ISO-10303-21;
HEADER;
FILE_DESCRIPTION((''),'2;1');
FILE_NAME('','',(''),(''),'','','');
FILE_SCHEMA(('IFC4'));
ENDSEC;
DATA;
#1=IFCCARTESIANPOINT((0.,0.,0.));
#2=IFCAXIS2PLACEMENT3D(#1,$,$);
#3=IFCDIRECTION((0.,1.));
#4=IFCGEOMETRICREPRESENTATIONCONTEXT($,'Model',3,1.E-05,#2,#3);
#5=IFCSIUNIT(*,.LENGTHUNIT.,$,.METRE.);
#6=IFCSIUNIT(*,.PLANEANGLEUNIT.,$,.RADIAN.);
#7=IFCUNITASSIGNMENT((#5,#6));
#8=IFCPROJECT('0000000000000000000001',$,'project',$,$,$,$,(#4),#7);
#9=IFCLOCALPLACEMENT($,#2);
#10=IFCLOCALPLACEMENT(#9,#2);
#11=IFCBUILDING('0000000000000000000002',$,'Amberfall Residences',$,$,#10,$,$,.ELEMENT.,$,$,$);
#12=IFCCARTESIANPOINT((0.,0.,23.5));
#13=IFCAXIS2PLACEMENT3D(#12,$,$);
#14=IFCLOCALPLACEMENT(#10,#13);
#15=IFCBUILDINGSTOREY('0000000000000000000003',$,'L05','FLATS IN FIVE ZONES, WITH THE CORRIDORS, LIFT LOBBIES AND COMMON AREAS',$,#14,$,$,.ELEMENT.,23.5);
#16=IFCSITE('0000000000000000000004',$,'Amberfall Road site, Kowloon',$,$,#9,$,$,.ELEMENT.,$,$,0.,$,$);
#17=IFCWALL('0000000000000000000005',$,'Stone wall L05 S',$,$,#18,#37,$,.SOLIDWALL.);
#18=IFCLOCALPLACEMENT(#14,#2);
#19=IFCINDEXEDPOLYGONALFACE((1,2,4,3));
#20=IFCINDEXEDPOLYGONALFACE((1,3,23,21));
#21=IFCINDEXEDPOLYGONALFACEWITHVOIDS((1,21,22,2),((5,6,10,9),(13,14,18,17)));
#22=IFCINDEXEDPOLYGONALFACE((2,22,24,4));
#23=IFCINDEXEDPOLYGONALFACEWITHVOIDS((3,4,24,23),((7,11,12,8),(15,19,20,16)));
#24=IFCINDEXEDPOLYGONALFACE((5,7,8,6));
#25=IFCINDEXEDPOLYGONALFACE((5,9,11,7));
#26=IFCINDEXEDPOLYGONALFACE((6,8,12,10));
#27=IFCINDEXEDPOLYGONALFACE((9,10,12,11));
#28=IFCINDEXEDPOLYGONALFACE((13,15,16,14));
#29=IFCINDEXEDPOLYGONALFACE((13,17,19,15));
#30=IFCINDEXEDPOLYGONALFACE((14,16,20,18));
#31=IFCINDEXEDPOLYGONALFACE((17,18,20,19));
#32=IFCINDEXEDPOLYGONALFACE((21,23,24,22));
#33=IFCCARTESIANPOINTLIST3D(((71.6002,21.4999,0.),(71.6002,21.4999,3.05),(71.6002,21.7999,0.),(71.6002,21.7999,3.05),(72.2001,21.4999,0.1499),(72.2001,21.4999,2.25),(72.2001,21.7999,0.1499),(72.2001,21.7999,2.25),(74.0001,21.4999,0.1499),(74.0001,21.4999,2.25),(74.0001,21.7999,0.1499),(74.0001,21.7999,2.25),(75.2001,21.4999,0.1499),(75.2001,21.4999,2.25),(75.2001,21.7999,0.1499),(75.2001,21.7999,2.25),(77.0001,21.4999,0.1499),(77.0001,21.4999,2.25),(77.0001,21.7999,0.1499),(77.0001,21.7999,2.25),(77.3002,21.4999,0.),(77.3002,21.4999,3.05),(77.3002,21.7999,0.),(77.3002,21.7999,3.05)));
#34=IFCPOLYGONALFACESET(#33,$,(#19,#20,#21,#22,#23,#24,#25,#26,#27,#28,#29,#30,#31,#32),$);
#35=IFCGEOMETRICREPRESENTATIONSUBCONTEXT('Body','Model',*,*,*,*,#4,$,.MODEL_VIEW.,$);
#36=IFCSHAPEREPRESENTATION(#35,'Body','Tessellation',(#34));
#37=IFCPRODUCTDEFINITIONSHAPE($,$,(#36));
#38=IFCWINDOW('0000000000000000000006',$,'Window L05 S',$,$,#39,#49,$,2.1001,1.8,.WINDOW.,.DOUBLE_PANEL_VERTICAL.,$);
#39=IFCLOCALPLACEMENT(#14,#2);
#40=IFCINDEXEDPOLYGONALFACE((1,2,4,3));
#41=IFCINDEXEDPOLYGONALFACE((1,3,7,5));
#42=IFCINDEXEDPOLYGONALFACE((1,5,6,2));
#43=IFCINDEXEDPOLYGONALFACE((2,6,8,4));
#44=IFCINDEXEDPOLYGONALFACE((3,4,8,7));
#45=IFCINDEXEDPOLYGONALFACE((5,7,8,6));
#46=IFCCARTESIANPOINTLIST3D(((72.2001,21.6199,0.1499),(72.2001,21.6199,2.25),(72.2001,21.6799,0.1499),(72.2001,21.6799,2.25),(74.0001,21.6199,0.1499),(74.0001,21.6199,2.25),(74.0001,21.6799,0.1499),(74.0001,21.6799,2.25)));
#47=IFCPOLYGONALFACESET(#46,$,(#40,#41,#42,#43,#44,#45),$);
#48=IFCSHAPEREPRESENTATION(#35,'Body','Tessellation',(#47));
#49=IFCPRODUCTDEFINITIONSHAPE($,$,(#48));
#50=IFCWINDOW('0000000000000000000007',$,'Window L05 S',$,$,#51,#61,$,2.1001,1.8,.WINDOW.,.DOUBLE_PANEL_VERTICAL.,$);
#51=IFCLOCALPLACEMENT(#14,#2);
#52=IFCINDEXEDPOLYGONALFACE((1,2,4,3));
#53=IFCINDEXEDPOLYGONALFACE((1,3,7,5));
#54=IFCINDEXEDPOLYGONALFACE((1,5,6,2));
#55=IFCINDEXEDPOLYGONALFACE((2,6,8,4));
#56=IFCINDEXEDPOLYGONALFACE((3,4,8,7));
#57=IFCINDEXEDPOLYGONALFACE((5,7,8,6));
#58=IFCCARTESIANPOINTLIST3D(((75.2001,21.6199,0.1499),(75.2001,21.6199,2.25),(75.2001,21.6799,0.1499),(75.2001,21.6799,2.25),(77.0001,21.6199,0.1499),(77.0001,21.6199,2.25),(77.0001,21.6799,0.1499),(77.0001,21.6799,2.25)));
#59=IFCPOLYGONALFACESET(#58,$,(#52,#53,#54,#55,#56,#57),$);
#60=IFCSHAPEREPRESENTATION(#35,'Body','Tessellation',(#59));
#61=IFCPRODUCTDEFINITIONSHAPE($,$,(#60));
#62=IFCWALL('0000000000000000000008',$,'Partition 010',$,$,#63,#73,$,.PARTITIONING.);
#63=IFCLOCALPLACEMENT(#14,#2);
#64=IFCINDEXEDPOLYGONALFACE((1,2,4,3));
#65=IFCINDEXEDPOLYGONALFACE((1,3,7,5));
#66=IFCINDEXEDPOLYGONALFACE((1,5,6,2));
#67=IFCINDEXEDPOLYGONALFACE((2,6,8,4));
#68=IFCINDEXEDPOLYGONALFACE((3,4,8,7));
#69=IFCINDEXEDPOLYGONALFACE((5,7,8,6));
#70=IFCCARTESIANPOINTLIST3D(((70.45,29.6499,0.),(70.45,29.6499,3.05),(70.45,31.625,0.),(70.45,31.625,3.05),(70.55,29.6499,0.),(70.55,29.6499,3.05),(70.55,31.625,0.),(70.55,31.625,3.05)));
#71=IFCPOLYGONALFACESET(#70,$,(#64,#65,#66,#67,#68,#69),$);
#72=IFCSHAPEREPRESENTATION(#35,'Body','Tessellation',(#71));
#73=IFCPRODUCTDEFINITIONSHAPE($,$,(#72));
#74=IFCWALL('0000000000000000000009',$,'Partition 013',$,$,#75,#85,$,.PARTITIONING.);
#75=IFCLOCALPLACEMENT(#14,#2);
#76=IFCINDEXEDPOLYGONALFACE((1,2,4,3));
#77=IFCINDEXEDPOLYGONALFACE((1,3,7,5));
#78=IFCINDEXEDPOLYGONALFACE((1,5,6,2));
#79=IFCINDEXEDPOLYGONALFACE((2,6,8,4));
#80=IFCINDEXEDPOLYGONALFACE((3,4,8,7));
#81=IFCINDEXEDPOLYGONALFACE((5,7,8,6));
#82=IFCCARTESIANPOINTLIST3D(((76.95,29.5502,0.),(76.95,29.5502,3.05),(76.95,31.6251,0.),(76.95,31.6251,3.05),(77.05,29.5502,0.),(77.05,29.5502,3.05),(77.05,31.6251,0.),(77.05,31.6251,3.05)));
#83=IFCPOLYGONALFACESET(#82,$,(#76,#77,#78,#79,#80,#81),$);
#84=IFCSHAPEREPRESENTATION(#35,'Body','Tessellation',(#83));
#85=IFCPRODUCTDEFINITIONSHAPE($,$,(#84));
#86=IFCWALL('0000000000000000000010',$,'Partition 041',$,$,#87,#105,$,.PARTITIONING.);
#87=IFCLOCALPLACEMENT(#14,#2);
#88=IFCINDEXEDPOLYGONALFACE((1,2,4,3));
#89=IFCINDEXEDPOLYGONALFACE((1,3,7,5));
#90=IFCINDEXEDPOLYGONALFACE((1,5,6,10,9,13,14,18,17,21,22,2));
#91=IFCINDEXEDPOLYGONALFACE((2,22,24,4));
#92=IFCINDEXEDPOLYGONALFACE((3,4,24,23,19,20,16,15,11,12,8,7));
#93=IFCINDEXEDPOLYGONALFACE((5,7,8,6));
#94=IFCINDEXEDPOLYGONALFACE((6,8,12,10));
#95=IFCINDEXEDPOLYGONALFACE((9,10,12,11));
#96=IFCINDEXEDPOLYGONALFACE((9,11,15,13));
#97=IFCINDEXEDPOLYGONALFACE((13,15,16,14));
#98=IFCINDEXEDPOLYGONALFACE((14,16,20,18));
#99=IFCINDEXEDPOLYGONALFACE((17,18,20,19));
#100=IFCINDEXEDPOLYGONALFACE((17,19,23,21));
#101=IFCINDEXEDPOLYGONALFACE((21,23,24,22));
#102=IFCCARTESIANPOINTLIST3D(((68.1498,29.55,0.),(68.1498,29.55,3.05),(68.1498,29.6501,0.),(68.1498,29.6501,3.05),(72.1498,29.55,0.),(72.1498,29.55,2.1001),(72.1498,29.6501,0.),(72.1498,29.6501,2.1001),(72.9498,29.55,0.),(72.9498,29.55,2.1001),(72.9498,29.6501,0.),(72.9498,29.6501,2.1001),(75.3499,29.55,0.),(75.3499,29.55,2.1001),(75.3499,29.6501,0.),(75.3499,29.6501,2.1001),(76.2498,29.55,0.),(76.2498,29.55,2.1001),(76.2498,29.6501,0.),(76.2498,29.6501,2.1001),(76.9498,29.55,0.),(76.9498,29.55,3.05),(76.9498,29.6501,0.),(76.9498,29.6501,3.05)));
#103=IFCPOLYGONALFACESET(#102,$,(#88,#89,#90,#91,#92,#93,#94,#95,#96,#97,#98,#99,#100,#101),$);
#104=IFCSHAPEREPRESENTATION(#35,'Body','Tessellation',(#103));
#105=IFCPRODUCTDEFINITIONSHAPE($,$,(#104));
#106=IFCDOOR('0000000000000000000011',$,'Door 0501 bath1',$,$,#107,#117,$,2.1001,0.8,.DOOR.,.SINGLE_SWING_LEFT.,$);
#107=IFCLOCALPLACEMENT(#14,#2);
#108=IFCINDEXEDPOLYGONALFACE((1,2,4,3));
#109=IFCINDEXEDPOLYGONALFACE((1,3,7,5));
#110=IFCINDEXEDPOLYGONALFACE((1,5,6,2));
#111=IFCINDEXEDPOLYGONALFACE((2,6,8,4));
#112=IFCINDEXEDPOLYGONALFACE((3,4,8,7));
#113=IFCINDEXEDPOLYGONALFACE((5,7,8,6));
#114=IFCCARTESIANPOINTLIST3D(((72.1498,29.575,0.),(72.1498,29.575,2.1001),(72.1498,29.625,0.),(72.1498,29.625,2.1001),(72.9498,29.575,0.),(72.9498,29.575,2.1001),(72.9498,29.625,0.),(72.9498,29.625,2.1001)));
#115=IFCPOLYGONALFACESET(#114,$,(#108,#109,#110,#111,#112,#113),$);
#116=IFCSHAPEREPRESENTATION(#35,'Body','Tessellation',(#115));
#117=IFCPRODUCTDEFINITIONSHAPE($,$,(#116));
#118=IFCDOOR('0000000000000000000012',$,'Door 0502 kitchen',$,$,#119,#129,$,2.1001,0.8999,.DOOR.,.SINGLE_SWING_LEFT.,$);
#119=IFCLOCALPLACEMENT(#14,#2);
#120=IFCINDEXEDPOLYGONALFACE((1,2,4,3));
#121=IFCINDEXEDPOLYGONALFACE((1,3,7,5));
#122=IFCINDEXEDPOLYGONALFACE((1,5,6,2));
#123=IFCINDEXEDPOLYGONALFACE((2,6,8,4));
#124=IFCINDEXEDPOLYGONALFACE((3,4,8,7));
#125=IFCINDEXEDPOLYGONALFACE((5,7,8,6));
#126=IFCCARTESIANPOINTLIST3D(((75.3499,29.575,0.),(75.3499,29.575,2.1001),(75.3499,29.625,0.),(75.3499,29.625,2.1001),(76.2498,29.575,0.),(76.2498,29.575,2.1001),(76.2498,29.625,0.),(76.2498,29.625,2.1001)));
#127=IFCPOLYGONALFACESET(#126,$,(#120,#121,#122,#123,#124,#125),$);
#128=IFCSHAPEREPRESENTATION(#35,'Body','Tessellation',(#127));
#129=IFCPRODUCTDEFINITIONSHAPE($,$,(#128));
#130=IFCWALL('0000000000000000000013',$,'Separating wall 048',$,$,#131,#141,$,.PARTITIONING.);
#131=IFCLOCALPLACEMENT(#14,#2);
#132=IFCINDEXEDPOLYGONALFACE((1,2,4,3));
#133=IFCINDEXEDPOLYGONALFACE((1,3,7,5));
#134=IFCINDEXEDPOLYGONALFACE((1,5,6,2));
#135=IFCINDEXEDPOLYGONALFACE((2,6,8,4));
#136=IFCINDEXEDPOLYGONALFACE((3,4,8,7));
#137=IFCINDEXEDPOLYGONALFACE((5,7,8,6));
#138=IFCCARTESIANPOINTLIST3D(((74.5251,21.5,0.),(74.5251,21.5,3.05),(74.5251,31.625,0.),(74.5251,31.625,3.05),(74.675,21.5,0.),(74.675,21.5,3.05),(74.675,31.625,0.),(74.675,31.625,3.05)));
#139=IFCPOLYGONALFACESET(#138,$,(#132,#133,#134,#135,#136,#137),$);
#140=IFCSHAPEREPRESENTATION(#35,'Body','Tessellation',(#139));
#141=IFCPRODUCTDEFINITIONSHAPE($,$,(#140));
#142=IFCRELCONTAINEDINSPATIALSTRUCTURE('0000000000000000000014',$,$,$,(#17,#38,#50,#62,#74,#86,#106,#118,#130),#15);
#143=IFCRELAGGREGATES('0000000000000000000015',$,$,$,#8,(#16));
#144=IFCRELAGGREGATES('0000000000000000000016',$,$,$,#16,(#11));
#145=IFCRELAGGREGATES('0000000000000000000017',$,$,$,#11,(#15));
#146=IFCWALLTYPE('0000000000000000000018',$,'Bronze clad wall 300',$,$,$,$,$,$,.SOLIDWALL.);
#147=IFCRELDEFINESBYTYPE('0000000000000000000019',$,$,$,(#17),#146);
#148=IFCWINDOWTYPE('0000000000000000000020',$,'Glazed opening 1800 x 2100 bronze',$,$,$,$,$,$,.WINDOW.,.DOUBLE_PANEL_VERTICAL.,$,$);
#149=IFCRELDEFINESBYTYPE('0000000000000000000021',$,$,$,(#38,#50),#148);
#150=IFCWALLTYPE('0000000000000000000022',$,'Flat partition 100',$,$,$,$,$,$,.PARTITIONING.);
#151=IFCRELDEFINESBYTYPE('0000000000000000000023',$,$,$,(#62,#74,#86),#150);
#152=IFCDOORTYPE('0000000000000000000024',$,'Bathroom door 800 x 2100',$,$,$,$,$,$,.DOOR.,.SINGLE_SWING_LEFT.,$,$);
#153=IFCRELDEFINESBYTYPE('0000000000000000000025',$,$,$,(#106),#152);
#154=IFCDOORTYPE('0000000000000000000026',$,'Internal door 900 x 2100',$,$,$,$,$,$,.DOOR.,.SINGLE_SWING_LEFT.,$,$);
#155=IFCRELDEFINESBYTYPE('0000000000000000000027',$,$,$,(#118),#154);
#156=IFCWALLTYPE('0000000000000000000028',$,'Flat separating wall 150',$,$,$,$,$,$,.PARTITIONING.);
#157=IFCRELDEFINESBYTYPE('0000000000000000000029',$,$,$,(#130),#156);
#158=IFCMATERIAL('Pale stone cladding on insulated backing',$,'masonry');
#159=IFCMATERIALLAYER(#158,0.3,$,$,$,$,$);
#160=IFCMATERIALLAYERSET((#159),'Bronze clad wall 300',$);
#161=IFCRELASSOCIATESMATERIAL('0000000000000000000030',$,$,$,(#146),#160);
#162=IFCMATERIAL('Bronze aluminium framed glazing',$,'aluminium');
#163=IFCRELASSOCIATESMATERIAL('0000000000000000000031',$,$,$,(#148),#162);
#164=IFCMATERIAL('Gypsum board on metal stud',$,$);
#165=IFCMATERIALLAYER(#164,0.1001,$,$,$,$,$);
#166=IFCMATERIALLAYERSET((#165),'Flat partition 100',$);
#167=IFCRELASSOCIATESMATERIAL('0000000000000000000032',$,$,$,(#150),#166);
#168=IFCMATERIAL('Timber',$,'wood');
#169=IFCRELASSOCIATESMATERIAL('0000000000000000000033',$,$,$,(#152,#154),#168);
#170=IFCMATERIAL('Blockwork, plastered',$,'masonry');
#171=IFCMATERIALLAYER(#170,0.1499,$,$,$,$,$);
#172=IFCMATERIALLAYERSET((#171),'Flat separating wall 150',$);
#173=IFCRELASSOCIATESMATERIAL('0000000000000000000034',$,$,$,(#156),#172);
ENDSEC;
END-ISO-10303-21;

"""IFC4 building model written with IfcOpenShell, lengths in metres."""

from ifc_helpers import new_model, si_unit, direction, frame, frame_2d, origin, place, context, subcontext, project, spatial, rectangle, extrude, material, layer, layer_set, type_object, element, fill, save


model = new_model("IFC4")

# Units and contexts
model_context = context("Model", 3, precision=1e-05, world=origin(), true_north=direction((0.0, 1.0)))
body_context = subcontext(model_context, "Body", "Model", "MODEL_VIEW")
ifc_project = project(units=[si_unit("LENGTHUNIT", "METRE"), si_unit("PLANEANGLEUNIT", "RADIAN")], contexts=[model_context])

# Site, building, storey
site_placement = place(None, origin())
site = spatial("IfcSite", under=ifc_project, at=site_placement, Name="Amberfall Road site, Kowloon", CompositionType="ELEMENT", RefElevation=0.0)
building_placement = place(site_placement, origin())
building = spatial("IfcBuilding", under=site, at=building_placement, Name="Amberfall Residences", CompositionType="ELEMENT")
storey_placement = place(building_placement, frame((0.0, 0.0, 23.5)))
storey = spatial("IfcBuildingStorey", under=building, at=storey_placement, Name="L05", Description="FLATS IN FIVE ZONES, WITH THE CORRIDORS, LIFT LOBBIES AND COMMON AREAS", CompositionType="ELEMENT", Elevation=23.5)

# Wall, openings, windows
ifc_material_1 = material(Name="Pale stone cladding on insulated backing", Category="masonry")
ifc_layer_1 = layer(ifc_material_1, 0.3)
ifc_layer_set_1 = layer_set([ifc_layer_1], Name="Bronze clad wall 300")
wall_type_1 = type_object("IfcWallType", Name="Bronze clad wall 300", PredefinedType="SOLIDWALL", material=ifc_layer_set_1)
ifc_material_2 = material(Name="Bronze aluminium framed glazing", Category="aluminium")
window_type = type_object("IfcWindowType", Name="Glazed opening 1800 x 2100 bronze", PartitioningType="DOUBLE_PANEL_VERTICAL", PredefinedType="WINDOW", material=ifc_material_2)
wall_1_placement = place(storey_placement, frame((71.6001, 21.6499, 0.0), z_axis=(0.0, 0.0, 1.0), x_axis=(1.0, 0.0, 0.0)))
wall_1 = element("IfcWall", 1, at=wall_1_placement, inside=storey, type_object=wall_type_1, Name="Stone wall L05 S", PredefinedType="SOLIDWALL", context=body_context, shape_type="SweptSolid", body=[
    extrude(rectangle(XDim=5.7, YDim=0.3, at=frame_2d((2.8501, 0.0))), origin(), (0.0, 0.0, 1.0), 3.05),
])
opening_1_placement = place(wall_1_placement, frame((0.6001, 0.0, 0.1499)))
opening_1 = element("IfcOpeningElement", 2, at=opening_1_placement, cuts=wall_1, PredefinedType="OPENING", context=body_context, shape_type="SweptSolid", body=[
    extrude(rectangle(XDim=1.8, YDim=2.1001, at=frame_2d((0.8999, 1.05))), frame((0.0, 0.1599, 0.0), z_axis=(0.0, -1.0, 0.0), x_axis=(1.0, 0.0, 0.0)), (0.0, 0.0, 1.0), 0.3201),
])
opening_2_placement = place(wall_1_placement, frame((3.6001, 0.0, 0.1499)))
opening_2 = element("IfcOpeningElement", 3, at=opening_2_placement, cuts=wall_1, PredefinedType="OPENING", context=body_context, shape_type="SweptSolid", body=[
    extrude(rectangle(XDim=1.8, YDim=2.1001, at=frame_2d((0.8999, 1.05))), frame((0.0, 0.1599, 0.0), z_axis=(0.0, -1.0, 0.0), x_axis=(1.0, 0.0, 0.0)), (0.0, 0.0, 1.0), 0.3201),
])
window_1_placement = place(opening_1_placement, origin())
window_1 = element("IfcWindow", 4, at=window_1_placement, inside=storey, type_object=window_type, Name="Window L05 S", OverallHeight=2.1001, OverallWidth=1.8, PartitioningType="DOUBLE_PANEL_VERTICAL", PredefinedType="WINDOW", context=body_context, shape_type="SweptSolid", body=[
    extrude(rectangle(XDim=1.8, YDim=2.1001, at=frame_2d((0.8999, 1.05))), frame((0.0, 0.03, 0.0), z_axis=(0.0, -1.0, 0.0), x_axis=(1.0, 0.0, 0.0)), (0.0, 0.0, 1.0), 0.0601),
])
fill(opening_1, window_1)
window_2_placement = place(opening_2_placement, origin())
window_2 = element("IfcWindow", 5, at=window_2_placement, inside=storey, type_object=window_type, Name="Window L05 S", OverallHeight=2.1001, OverallWidth=1.8, PartitioningType="DOUBLE_PANEL_VERTICAL", PredefinedType="WINDOW", context=body_context, shape_type="SweptSolid", body=[
    extrude(rectangle(XDim=1.8, YDim=2.1001, at=frame_2d((0.8999, 1.05))), frame((0.0, 0.03, 0.0), z_axis=(0.0, -1.0, 0.0), x_axis=(1.0, 0.0, 0.0)), (0.0, 0.0, 1.0), 0.0601),
])
fill(opening_2, window_2)

# Walls
ifc_material_3 = material(Name="Gypsum board on metal stud")
ifc_layer_2 = layer(ifc_material_3, 0.1001)
ifc_layer_set_2 = layer_set([ifc_layer_2], Name="Flat partition 100")
wall_type_2 = type_object("IfcWallType", Name="Flat partition 100", PredefinedType="PARTITIONING", material=ifc_layer_set_2)
wall_2_placement = place(storey_placement, frame((70.5, 29.6499, 0.0), z_axis=(0.0, 0.0, 1.0), x_axis=(0.0, 1.0, 0.0)))
element("IfcWall", 6, at=wall_2_placement, inside=storey, type_object=wall_type_2, Name="Partition 010", PredefinedType="PARTITIONING", context=body_context, shape_type="SweptSolid", body=[
    extrude(rectangle(XDim=1.9751, YDim=0.1001, at=frame_2d((0.9875, 0.0))), origin(), (0.0, 0.0, 1.0), 3.05),
])
wall_3_placement = place(storey_placement, frame((77.0, 29.55, 0.0), z_axis=(0.0, 0.0, 1.0), x_axis=(0.0, 1.0, 0.0)))
element("IfcWall", 7, at=wall_3_placement, inside=storey, type_object=wall_type_2, Name="Partition 013", PredefinedType="PARTITIONING", context=body_context, shape_type="SweptSolid", body=[
    extrude(rectangle(XDim=2.075, YDim=0.1001, at=frame_2d((1.0376, 0.0))), origin(), (0.0, 0.0, 1.0), 3.05),
])

# Wall, openings, doors
wall_4_placement = place(storey_placement, frame((68.1499, 29.6001, 0.0), z_axis=(0.0, 0.0, 1.0), x_axis=(1.0, 0.0, 0.0)))
wall_4 = element("IfcWall", 8, at=wall_4_placement, inside=storey, type_object=wall_type_2, Name="Partition 041", PredefinedType="PARTITIONING", context=body_context, shape_type="SweptSolid", body=[
    extrude(rectangle(XDim=8.8, YDim=0.1001, at=frame_2d((4.3999, 0.0))), origin(), (0.0, 0.0, 1.0), 3.05),
])
opening_3_placement = place(wall_4_placement, frame((4.0, 0.0, 0.0)))
opening_3 = element("IfcOpeningElement", 9, at=opening_3_placement, cuts=wall_4, PredefinedType="OPENING", context=body_context, shape_type="SweptSolid", body=[
    extrude(rectangle(XDim=0.8, YDim=2.1001, at=frame_2d((0.3999, 1.05))), frame((0.0, 0.0601, 0.0), z_axis=(0.0, -1.0, 0.0), x_axis=(1.0, 0.0, 0.0)), (0.0, 0.0, 1.0), 0.1201),
])
opening_4_placement = place(wall_4_placement, frame((7.2, 0.0, 0.0)))
opening_4 = element("IfcOpeningElement", 10, at=opening_4_placement, cuts=wall_4, PredefinedType="OPENING", context=body_context, shape_type="SweptSolid", body=[
    extrude(rectangle(XDim=0.8999, YDim=2.1001, at=frame_2d((0.45, 1.05))), frame((0.0, 0.0601, 0.0), z_axis=(0.0, -1.0, 0.0), x_axis=(1.0, 0.0, 0.0)), (0.0, 0.0, 1.0), 0.1201),
])
ifc_material_4 = material(Name="Timber", Category="wood")
door_type_1 = type_object("IfcDoorType", Name="Bathroom door 800 x 2100", OperationType="SINGLE_SWING_LEFT", PredefinedType="DOOR", material=ifc_material_4)
door_1_placement = place(opening_3_placement, origin())
door_1 = element("IfcDoor", 11, at=door_1_placement, inside=storey, type_object=door_type_1, Name="Door 0501 bath1", OperationType="SINGLE_SWING_LEFT", OverallHeight=2.1001, OverallWidth=0.8, PredefinedType="DOOR", context=body_context, shape_type="SweptSolid", body=[
    extrude(rectangle(XDim=0.8, YDim=2.1001, at=frame_2d((0.3999, 1.05))), frame((0.0, 0.0249, 0.0), z_axis=(0.0, -1.0, 0.0), x_axis=(1.0, 0.0, 0.0)), (0.0, 0.0, 1.0), 0.05),
])
fill(opening_3, door_1)
door_type_2 = type_object("IfcDoorType", Name="Internal door 900 x 2100", OperationType="SINGLE_SWING_LEFT", PredefinedType="DOOR", material=ifc_material_4)
door_2_placement = place(opening_4_placement, origin())
door_2 = element("IfcDoor", 12, at=door_2_placement, inside=storey, type_object=door_type_2, Name="Door 0502 kitchen", OperationType="SINGLE_SWING_LEFT", OverallHeight=2.1001, OverallWidth=0.8999, PredefinedType="DOOR", context=body_context, shape_type="SweptSolid", body=[
    extrude(rectangle(XDim=0.8999, YDim=2.1001, at=frame_2d((0.45, 1.05))), frame((0.0, 0.0249, 0.0), z_axis=(0.0, -1.0, 0.0), x_axis=(1.0, 0.0, 0.0)), (0.0, 0.0, 1.0), 0.05),
])
fill(opening_4, door_2)

# Wall
ifc_material_5 = material(Name="Blockwork, plastered", Category="masonry")
ifc_layer_3 = layer(ifc_material_5, 0.1499)
ifc_layer_set_3 = layer_set([ifc_layer_3], Name="Flat separating wall 150")
wall_type_3 = type_object("IfcWallType", Name="Flat separating wall 150", PredefinedType="PARTITIONING", material=ifc_layer_set_3)
wall_5_placement = place(storey_placement, frame((74.6001, 21.5, 0.0), z_axis=(0.0, 0.0, 1.0), x_axis=(0.0, 1.0, 0.0)))
element("IfcWall", 13, at=wall_5_placement, inside=storey, type_object=wall_type_3, Name="Separating wall 048", PredefinedType="PARTITIONING", context=body_context, shape_type="SweptSolid", body=[
    extrude(rectangle(XDim=10.125, YDim=0.1499, at=frame_2d((5.0625, 0.0))), origin(), (0.0, 0.0, 1.0), 3.05),
])

save(model, "model.ifc")
